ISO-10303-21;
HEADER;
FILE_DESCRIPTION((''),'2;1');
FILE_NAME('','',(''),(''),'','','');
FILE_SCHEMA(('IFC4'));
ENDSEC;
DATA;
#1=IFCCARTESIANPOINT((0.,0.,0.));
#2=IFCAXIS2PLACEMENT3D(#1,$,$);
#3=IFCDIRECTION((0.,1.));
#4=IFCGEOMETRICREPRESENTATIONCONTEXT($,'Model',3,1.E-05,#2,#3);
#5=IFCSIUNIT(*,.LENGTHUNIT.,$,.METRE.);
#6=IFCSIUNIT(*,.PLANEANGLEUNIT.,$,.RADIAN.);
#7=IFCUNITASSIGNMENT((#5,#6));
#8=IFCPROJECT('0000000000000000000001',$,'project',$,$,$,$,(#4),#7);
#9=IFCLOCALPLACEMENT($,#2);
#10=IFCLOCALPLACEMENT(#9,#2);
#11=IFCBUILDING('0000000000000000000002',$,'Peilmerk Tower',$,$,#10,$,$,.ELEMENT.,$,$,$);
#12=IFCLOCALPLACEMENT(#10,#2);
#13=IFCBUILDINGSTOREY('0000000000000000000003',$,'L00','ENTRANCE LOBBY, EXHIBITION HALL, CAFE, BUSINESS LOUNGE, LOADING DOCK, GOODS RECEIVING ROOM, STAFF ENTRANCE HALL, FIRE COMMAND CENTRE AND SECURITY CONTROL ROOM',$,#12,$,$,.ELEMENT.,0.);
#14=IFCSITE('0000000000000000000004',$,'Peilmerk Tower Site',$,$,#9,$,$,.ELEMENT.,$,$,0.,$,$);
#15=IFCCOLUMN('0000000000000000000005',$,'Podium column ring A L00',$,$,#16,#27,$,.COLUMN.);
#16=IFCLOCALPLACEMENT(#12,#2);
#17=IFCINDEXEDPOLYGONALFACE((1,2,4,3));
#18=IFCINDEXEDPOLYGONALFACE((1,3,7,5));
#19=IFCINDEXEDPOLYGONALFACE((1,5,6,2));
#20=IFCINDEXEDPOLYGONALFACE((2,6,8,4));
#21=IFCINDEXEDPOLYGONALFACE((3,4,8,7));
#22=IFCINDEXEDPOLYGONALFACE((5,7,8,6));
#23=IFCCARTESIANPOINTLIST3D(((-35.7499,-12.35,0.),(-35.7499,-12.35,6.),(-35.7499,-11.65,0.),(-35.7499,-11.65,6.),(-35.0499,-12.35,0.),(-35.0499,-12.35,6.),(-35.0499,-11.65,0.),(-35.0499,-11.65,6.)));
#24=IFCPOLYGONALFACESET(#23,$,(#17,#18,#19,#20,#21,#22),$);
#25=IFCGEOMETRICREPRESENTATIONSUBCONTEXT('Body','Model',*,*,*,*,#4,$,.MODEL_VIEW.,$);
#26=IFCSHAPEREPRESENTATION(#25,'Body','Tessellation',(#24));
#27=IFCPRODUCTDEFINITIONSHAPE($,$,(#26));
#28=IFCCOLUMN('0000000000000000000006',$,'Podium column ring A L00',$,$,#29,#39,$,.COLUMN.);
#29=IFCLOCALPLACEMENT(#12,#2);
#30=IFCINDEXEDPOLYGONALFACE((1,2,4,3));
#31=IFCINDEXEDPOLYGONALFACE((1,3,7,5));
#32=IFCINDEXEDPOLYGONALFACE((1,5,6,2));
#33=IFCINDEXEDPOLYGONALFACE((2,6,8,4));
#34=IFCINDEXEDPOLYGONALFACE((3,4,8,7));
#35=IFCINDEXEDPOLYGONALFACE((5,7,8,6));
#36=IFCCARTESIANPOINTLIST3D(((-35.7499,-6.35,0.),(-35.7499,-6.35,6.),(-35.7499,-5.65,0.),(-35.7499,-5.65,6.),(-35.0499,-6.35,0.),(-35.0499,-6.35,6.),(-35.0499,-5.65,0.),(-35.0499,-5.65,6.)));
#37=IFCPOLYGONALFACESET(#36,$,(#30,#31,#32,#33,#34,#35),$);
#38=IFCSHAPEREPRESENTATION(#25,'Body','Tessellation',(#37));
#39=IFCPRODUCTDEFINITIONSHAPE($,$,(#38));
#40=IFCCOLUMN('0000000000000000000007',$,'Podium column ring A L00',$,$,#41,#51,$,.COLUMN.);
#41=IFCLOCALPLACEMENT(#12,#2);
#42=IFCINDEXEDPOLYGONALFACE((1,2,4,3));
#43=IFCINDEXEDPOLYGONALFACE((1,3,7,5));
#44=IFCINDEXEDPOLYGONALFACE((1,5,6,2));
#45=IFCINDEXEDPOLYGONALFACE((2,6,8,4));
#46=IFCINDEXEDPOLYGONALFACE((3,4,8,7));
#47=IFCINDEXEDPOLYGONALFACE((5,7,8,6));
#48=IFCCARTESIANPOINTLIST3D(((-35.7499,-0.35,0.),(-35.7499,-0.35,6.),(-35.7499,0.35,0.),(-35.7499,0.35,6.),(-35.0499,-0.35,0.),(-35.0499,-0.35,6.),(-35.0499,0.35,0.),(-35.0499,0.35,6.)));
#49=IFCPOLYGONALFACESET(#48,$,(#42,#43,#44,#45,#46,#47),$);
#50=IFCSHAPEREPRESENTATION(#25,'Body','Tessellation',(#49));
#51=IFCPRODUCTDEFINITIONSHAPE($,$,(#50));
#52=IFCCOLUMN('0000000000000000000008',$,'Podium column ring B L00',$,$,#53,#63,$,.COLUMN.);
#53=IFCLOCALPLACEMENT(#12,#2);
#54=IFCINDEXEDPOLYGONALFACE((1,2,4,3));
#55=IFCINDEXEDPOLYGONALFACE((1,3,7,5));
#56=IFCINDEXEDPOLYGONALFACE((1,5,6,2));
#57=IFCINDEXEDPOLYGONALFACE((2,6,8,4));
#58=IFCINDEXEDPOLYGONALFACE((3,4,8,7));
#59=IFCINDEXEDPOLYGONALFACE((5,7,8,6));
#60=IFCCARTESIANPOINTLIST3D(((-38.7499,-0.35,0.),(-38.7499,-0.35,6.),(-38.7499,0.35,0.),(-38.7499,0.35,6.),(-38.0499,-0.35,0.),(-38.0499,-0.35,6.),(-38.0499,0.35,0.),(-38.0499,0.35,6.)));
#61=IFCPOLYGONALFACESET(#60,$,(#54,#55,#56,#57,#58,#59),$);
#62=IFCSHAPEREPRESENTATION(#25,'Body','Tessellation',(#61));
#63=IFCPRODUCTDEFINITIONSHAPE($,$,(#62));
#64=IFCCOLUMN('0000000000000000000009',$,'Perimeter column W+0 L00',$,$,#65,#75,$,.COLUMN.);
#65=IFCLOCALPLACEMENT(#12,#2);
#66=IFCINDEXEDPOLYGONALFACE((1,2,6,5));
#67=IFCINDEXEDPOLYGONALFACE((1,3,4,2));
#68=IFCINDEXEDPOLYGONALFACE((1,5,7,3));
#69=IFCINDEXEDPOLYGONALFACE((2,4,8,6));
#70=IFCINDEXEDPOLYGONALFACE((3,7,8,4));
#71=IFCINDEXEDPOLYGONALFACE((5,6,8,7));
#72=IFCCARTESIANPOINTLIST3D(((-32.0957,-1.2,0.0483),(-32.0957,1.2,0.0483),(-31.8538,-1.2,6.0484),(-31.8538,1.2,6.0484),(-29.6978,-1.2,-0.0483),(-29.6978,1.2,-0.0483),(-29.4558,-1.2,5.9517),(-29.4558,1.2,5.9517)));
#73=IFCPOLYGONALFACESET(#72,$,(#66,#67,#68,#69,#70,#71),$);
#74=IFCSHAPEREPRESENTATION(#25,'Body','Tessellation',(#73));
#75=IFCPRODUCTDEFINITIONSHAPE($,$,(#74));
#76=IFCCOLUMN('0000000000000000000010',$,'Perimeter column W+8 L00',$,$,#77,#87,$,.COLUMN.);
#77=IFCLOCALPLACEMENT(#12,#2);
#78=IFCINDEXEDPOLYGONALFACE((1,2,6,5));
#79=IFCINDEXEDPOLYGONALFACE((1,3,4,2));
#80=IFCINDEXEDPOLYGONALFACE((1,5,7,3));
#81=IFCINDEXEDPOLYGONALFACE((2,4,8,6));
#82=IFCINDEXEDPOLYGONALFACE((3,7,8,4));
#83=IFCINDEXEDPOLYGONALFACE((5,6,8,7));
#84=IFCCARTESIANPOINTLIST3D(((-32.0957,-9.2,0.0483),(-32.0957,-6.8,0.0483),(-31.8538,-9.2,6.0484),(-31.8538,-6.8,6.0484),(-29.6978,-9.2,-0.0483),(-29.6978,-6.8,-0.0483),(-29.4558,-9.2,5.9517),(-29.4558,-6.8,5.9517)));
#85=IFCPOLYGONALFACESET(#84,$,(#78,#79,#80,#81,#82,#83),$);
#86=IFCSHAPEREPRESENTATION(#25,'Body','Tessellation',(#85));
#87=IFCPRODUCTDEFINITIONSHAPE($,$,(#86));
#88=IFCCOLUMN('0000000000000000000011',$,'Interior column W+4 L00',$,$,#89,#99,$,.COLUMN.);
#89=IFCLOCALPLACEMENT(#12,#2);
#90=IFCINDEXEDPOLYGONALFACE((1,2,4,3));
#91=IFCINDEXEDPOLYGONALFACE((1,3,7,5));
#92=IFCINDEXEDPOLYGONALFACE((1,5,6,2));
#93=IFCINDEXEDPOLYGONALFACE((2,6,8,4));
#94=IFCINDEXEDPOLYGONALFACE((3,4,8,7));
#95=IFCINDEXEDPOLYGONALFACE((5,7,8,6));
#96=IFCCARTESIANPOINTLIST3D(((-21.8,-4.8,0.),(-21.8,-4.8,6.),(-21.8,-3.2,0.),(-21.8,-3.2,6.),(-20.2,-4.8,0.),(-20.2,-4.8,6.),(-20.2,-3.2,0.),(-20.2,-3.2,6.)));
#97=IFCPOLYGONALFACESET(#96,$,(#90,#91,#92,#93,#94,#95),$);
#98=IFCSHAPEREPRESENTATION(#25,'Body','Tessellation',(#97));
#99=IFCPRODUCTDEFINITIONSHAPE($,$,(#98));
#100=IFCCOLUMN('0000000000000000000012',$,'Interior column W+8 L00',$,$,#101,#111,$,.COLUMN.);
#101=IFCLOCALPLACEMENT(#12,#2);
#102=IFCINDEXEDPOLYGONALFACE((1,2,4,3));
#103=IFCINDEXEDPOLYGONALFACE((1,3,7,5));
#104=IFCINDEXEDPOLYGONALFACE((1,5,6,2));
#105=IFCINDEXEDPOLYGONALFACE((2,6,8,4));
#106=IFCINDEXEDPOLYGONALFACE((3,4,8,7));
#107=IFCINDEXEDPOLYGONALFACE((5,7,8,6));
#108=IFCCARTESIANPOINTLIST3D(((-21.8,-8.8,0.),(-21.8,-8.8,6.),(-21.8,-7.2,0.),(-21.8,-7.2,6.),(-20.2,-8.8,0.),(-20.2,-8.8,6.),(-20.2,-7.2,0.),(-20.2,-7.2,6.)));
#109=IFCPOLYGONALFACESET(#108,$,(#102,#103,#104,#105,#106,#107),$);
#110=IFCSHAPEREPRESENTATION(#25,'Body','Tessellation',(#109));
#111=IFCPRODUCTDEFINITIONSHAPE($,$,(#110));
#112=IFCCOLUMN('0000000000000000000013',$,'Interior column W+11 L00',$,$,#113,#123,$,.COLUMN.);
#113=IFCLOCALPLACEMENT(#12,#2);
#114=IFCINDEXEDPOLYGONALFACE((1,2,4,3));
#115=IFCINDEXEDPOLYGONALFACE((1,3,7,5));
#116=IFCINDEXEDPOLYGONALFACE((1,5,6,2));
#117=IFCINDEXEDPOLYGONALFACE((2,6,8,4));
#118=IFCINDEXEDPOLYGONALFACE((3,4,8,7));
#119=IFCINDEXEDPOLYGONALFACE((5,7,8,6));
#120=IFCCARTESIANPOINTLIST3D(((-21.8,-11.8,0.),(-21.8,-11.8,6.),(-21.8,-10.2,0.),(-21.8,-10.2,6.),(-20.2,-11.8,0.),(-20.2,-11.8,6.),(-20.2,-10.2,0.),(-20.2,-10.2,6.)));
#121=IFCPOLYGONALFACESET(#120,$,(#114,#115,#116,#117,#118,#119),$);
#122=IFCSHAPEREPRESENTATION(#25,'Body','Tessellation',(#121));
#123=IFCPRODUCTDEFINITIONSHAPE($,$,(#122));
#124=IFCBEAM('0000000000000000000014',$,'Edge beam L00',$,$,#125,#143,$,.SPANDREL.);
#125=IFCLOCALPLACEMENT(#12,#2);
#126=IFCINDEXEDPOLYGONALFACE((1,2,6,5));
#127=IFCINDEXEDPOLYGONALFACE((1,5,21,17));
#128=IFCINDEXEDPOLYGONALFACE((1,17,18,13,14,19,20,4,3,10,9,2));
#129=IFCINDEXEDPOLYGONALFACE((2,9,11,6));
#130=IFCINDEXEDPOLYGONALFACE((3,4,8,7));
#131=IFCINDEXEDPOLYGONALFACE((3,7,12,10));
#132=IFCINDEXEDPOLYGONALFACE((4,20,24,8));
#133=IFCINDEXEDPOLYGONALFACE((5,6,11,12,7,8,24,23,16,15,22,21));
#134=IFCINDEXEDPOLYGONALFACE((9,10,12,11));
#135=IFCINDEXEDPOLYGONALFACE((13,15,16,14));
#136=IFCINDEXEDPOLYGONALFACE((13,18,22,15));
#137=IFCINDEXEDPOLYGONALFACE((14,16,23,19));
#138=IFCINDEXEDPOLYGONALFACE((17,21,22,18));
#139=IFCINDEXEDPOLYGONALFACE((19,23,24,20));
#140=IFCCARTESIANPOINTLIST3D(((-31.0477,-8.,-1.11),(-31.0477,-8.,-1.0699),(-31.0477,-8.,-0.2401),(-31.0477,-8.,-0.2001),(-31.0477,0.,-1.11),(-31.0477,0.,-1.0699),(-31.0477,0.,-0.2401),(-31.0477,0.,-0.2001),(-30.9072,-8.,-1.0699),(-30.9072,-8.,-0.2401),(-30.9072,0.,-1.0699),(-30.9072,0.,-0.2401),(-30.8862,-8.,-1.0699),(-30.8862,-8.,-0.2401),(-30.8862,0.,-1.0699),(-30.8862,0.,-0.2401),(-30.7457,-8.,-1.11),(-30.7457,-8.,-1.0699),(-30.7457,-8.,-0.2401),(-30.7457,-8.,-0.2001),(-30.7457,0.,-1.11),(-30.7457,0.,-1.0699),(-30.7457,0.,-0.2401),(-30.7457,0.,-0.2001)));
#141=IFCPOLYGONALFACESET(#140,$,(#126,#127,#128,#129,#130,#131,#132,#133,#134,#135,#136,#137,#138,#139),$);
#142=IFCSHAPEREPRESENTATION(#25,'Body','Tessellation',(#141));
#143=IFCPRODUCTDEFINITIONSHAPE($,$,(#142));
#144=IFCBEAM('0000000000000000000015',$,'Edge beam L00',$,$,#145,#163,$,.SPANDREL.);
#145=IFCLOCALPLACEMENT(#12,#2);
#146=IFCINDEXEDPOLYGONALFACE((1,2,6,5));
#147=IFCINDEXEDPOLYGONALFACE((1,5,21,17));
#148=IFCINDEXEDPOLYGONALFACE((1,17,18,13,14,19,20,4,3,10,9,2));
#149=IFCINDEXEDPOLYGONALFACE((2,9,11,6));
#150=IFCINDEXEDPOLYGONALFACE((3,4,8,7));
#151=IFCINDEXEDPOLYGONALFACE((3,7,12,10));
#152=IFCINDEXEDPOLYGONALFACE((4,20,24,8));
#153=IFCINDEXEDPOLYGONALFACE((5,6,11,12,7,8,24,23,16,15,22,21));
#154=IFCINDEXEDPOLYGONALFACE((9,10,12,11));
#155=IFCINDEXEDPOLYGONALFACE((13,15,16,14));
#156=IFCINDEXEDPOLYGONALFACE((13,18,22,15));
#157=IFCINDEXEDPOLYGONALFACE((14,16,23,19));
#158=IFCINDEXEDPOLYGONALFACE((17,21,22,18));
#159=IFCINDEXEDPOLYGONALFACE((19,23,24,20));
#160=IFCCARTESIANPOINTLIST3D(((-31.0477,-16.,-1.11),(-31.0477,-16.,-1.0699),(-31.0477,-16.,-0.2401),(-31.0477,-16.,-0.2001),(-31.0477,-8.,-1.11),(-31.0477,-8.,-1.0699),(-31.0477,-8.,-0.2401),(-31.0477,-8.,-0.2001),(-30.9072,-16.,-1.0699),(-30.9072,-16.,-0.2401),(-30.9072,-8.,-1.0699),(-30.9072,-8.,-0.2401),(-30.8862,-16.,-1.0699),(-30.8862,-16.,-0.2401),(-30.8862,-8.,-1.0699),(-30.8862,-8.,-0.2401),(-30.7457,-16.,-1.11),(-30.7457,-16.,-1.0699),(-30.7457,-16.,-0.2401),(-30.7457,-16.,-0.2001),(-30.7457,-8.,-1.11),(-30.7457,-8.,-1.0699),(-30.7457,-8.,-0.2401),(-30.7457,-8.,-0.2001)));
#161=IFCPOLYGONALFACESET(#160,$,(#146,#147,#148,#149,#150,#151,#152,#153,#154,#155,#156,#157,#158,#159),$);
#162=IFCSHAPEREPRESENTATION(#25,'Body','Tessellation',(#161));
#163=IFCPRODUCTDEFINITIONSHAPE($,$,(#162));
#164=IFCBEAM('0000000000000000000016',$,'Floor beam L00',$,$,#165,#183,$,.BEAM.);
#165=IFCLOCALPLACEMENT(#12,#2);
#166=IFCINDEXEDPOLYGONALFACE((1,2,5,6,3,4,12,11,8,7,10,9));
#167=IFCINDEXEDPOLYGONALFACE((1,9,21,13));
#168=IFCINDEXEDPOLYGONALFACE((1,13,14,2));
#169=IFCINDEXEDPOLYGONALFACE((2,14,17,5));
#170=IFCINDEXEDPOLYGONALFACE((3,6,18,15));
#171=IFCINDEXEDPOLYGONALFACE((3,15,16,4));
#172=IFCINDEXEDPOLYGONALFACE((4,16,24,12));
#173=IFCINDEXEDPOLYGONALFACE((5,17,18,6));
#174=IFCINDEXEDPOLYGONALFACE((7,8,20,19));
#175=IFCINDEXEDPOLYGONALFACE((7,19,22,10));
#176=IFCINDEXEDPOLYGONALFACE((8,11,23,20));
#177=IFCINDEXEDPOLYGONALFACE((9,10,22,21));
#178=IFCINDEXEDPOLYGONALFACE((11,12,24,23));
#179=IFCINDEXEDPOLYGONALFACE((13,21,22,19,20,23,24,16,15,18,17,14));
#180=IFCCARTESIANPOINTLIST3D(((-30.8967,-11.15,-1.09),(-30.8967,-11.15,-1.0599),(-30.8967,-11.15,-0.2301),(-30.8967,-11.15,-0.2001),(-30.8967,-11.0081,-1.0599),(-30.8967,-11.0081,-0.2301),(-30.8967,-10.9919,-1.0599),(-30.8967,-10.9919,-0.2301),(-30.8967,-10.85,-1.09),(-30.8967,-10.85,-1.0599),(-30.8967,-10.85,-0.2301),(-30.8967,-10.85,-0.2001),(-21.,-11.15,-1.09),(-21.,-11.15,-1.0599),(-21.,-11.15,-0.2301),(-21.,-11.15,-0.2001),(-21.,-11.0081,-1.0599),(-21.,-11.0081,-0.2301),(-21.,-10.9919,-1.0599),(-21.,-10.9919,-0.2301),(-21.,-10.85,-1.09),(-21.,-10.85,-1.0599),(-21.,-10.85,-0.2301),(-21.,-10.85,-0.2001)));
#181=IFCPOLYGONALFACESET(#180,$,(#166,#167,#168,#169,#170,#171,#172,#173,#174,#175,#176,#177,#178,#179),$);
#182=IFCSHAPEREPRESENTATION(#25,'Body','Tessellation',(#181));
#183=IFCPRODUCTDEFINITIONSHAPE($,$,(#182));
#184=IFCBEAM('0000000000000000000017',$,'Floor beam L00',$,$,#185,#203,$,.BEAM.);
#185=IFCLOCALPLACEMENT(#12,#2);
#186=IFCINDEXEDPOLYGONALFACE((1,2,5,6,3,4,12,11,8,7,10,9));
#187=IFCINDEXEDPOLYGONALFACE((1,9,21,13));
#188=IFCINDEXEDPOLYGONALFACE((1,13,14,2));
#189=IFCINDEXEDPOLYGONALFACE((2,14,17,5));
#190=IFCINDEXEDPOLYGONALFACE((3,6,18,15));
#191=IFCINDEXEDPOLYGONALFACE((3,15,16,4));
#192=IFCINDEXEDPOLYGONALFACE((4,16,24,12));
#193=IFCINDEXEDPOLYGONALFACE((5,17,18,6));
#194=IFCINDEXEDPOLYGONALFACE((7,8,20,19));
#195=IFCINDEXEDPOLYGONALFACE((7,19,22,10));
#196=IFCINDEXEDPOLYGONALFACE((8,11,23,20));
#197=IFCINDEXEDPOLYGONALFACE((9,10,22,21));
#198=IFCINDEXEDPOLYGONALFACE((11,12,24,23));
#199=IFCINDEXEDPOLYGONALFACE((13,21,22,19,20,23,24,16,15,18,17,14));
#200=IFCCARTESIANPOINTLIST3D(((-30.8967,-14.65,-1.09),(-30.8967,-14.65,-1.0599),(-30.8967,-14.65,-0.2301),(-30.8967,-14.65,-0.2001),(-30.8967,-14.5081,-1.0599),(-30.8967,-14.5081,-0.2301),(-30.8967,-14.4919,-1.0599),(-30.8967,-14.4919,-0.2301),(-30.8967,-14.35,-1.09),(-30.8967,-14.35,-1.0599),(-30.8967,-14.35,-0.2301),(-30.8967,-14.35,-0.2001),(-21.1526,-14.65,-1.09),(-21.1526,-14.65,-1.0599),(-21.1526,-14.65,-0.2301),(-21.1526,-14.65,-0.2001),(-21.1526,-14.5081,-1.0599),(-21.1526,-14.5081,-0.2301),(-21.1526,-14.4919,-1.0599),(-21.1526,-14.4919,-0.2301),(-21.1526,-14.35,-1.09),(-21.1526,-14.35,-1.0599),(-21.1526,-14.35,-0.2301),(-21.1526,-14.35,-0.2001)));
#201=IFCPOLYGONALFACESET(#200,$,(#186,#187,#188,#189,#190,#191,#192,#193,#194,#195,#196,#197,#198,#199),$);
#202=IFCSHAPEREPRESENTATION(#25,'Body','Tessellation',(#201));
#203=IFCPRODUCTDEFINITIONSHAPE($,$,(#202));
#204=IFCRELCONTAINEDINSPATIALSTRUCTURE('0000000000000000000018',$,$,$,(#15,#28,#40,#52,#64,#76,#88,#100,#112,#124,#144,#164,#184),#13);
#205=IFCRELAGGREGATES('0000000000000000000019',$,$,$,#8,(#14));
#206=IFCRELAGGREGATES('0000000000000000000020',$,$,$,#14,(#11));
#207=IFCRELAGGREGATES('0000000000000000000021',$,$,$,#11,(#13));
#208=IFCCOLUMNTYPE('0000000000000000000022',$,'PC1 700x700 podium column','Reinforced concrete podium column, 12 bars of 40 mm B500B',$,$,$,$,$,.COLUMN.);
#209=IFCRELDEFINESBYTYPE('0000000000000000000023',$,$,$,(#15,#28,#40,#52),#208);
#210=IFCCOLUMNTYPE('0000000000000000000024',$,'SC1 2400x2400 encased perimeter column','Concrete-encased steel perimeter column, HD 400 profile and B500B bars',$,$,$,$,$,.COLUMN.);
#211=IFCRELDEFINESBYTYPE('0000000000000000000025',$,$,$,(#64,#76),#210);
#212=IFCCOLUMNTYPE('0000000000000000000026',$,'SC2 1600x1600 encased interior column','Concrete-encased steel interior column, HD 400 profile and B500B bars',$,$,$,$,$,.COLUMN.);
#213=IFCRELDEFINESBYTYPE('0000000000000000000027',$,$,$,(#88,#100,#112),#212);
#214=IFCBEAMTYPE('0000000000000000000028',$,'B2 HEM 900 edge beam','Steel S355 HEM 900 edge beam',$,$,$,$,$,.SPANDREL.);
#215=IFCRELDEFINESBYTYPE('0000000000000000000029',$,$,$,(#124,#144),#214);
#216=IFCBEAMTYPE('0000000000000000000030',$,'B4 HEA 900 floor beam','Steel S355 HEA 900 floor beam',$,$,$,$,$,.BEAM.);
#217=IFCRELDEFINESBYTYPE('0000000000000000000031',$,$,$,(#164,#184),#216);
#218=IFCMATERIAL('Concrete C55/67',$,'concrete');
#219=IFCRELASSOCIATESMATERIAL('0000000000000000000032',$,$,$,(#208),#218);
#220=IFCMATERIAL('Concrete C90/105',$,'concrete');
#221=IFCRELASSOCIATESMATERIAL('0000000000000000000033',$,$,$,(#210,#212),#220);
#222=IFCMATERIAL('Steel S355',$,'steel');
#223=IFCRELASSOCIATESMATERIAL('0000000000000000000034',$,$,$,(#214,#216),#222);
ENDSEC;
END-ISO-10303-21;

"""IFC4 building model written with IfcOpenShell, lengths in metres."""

from ifc_helpers import new_model, si_unit, direction, frame, origin, origin_2d, place, context, subcontext, project, spatial, rectangle, i_section, extrude, material, material_profile, profile_set, type_object, element, save


model = new_model("IFC4")

# Units and contexts
model_context = context("Model", 3, precision=1e-05, world=origin(), true_north=direction((0.0, 1.0)))
body_context = subcontext(model_context, "Body", "Model", "MODEL_VIEW")
ifc_project = project(units=[si_unit("LENGTHUNIT", "METRE"), si_unit("PLANEANGLEUNIT", "RADIAN")], contexts=[model_context])

# Site, building, storey
site_placement = place(None, origin())
site = spatial("IfcSite", under=ifc_project, at=site_placement, Name="Peilmerk Tower Site", CompositionType="ELEMENT", RefElevation=0.0)
building_placement = place(site_placement, origin())
building = spatial("IfcBuilding", under=site, at=building_placement, Name="Peilmerk Tower", CompositionType="ELEMENT")
storey_placement = place(building_placement, origin())
storey = spatial("IfcBuildingStorey", under=building, at=storey_placement, Name="L00", Description="ENTRANCE LOBBY, EXHIBITION HALL, CAFE, BUSINESS LOUNGE, LOADING DOCK, GOODS RECEIVING ROOM, STAFF ENTRANCE HALL, FIRE COMMAND CENTRE AND SECURITY CONTROL ROOM", CompositionType="ELEMENT", Elevation=0.0)

# Columns
ifc_material_1 = material(Name="Concrete C55/67", Category="concrete")
ifc_material_profile_1 = material_profile(ifc_material_1, rectangle(XDim=0.7, YDim=0.7, at=origin_2d()), Name="RC 700x700")
ifc_profile_set_1 = profile_set([ifc_material_profile_1], Name="Concrete C55/67")
column_type_1 = type_object("IfcColumnType", Name="PC1 700x700 podium column", Description="Reinforced concrete podium column, 12 bars of 40 mm B500B", PredefinedType="COLUMN", material=ifc_profile_set_1)
for number, where, z_axis, x_axis, name in (
    (1, (-35.3999, -12.0, 0.0), (0.0, 0.0, 1.0), (1.0, 0.0, 0.0), "Podium column ring A L00"),
    (2, (-35.3999, -6.0, 0.0), (0.0, 0.0, 1.0), (1.0, 0.0, 0.0), "Podium column ring A L00"),
    (3, (-35.3999, 0.0, 0.0), (0.0, 0.0, 1.0), (1.0, 0.0, 0.0), "Podium column ring A L00"),
    (4, (-38.3999, 0.0, 0.0), (0.0, 0.0, 1.0), (1.0, 0.0, 0.0), "Podium column ring B L00"),
):
    element("IfcColumn", number, at=place(storey_placement, frame(where, z_axis=z_axis, x_axis=x_axis)), inside=storey, type_object=column_type_1, Name=name, PredefinedType="COLUMN", context=body_context, shape_type="SweptSolid", body=[
        extrude(rectangle(XDim=0.7, YDim=0.7, at=origin_2d()), origin(), (0.0, 0.0, 1.0), 6.0),
    ])
ifc_material_2 = material(Name="Concrete C90/105", Category="concrete")
ifc_material_profile_2 = material_profile(ifc_material_2, rectangle(XDim=2.3999, YDim=2.3999, at=origin_2d()), Name="RC 2400x2400")
ifc_profile_set_2 = profile_set([ifc_material_profile_2], Name="Concrete C90/105")
column_type_2 = type_object("IfcColumnType", Name="SC1 2400x2400 encased perimeter column", Description="Concrete-encased steel perimeter column, HD 400 profile and B500B bars", PredefinedType="COLUMN", material=ifc_profile_set_2)
for number, where, z_axis, x_axis, name in (
    (5, (-30.8967, 0.0, 0.0), (0.040291, 0.0, 0.999188), (0.0, 1.0, 0.0), "Perimeter column W+0 L00"),
    (6, (-30.8967, -8.0, 0.0), (0.040291, 0.0, 0.999188), (0.0, 1.0, 0.0), "Perimeter column W+8 L00"),
):
    element("IfcColumn", number, at=place(storey_placement, frame(where, z_axis=z_axis, x_axis=x_axis)), inside=storey, type_object=column_type_2, Name=name, PredefinedType="COLUMN", context=body_context, shape_type="SweptSolid", body=[
        extrude(rectangle(XDim=2.3999, YDim=2.3999, at=origin_2d()), origin(), (0.0, 0.0, 1.0), 6.0049),
    ])
ifc_material_profile_3 = material_profile(ifc_material_2, rectangle(XDim=1.6001, YDim=1.6001, at=origin_2d()), Name="RC 1600x1600")
ifc_profile_set_3 = profile_set([ifc_material_profile_3], Name="Concrete C90/105")
column_type_3 = type_object("IfcColumnType", Name="SC2 1600x1600 encased interior column", Description="Concrete-encased steel interior column, HD 400 profile and B500B bars", PredefinedType="COLUMN", material=ifc_profile_set_3)
for number, where, z_axis, x_axis, name in (
    (7, (-21.0, -4.0, 0.0), (0.0, 0.0, 1.0), (1.0, 0.0, 0.0), "Interior column W+4 L00"),
    (8, (-21.0, -8.0, 0.0), (0.0, 0.0, 1.0), (1.0, 0.0, 0.0), "Interior column W+8 L00"),
    (9, (-21.0, -11.0, 0.0), (0.0, 0.0, 1.0), (1.0, 0.0, 0.0), "Interior column W+11 L00"),
):
    element("IfcColumn", number, at=place(storey_placement, frame(where, z_axis=z_axis, x_axis=x_axis)), inside=storey, type_object=column_type_3, Name=name, PredefinedType="COLUMN", context=body_context, shape_type="SweptSolid", body=[
        extrude(rectangle(XDim=1.6001, YDim=1.6001, at=origin_2d()), origin(), (0.0, 0.0, 1.0), 6.0),
    ])

# Beams
ifc_material_3 = material(Name="Steel S355", Category="steel")
ifc_material_profile_4 = material_profile(ifc_material_3, i_section(OverallWidth=0.302, OverallDepth=0.9099, WebThickness=0.021, FlangeThickness=0.04, at=origin_2d()), Name="HEM 900")
ifc_profile_set_4 = profile_set([ifc_material_profile_4], Name="Steel S355")
beam_type_1 = type_object("IfcBeamType", Name="B2 HEM 900 edge beam", Description="Steel S355 HEM 900 edge beam", PredefinedType="SPANDREL", material=ifc_profile_set_4)
for number, where, z_axis, x_axis, name in (
    (10, (-30.8967, 0.0, -0.655), (0.0, -1.0, 0.0), (1.0, 0.0, 0.0), "Edge beam L00"),
    (11, (-30.8967, -8.0, -0.655), (0.0, -1.0, 0.0), (1.0, 0.0, 0.0), "Edge beam L00"),
):
    element("IfcBeam", number, at=place(storey_placement, frame(where, z_axis=z_axis, x_axis=x_axis)), inside=storey, type_object=beam_type_1, Name=name, PredefinedType="SPANDREL", context=body_context, shape_type="SweptSolid", body=[
        extrude(i_section(OverallWidth=0.302, OverallDepth=0.9099, WebThickness=0.021, FlangeThickness=0.04, at=origin_2d()), origin(), (0.0, 0.0, 1.0), 8.0),
    ])
ifc_material_profile_5 = material_profile(ifc_material_3, i_section(OverallWidth=0.3, OverallDepth=0.8899, WebThickness=0.0161, FlangeThickness=0.03, at=origin_2d()), Name="HEA 900")
ifc_profile_set_5 = profile_set([ifc_material_profile_5], Name="Steel S355")
beam_type_2 = type_object("IfcBeamType", Name="B4 HEA 900 floor beam", Description="Steel S355 HEA 900 floor beam", PredefinedType="BEAM", material=ifc_profile_set_5)
beam_1_placement = place(storey_placement, frame((-21.0, -11.0, -0.645), z_axis=(-1.0, 0.0, 0.0), x_axis=(0.0, -1.0, 0.0)))
element("IfcBeam", 12, at=beam_1_placement, inside=storey, type_object=beam_type_2, Name="Floor beam L00", PredefinedType="BEAM", context=body_context, shape_type="SweptSolid", body=[
    extrude(i_section(OverallWidth=0.3, OverallDepth=0.8899, WebThickness=0.0161, FlangeThickness=0.03, at=origin_2d()), origin(), (0.0, 0.0, 1.0), 9.8967),
])
beam_2_placement = place(storey_placement, frame((-21.1526, -14.5, -0.645), z_axis=(-1.0, 0.0, 0.0), x_axis=(0.0, -1.0, 0.0)))
element("IfcBeam", 13, at=beam_2_placement, inside=storey, type_object=beam_type_2, Name="Floor beam L00", PredefinedType="BEAM", context=body_context, shape_type="SweptSolid", body=[
    extrude(i_section(OverallWidth=0.3, OverallDepth=0.8899, WebThickness=0.0161, FlangeThickness=0.03, at=origin_2d()), origin(), (0.0, 0.0, 1.0), 9.7441),
])

save(model, "model.ifc")
